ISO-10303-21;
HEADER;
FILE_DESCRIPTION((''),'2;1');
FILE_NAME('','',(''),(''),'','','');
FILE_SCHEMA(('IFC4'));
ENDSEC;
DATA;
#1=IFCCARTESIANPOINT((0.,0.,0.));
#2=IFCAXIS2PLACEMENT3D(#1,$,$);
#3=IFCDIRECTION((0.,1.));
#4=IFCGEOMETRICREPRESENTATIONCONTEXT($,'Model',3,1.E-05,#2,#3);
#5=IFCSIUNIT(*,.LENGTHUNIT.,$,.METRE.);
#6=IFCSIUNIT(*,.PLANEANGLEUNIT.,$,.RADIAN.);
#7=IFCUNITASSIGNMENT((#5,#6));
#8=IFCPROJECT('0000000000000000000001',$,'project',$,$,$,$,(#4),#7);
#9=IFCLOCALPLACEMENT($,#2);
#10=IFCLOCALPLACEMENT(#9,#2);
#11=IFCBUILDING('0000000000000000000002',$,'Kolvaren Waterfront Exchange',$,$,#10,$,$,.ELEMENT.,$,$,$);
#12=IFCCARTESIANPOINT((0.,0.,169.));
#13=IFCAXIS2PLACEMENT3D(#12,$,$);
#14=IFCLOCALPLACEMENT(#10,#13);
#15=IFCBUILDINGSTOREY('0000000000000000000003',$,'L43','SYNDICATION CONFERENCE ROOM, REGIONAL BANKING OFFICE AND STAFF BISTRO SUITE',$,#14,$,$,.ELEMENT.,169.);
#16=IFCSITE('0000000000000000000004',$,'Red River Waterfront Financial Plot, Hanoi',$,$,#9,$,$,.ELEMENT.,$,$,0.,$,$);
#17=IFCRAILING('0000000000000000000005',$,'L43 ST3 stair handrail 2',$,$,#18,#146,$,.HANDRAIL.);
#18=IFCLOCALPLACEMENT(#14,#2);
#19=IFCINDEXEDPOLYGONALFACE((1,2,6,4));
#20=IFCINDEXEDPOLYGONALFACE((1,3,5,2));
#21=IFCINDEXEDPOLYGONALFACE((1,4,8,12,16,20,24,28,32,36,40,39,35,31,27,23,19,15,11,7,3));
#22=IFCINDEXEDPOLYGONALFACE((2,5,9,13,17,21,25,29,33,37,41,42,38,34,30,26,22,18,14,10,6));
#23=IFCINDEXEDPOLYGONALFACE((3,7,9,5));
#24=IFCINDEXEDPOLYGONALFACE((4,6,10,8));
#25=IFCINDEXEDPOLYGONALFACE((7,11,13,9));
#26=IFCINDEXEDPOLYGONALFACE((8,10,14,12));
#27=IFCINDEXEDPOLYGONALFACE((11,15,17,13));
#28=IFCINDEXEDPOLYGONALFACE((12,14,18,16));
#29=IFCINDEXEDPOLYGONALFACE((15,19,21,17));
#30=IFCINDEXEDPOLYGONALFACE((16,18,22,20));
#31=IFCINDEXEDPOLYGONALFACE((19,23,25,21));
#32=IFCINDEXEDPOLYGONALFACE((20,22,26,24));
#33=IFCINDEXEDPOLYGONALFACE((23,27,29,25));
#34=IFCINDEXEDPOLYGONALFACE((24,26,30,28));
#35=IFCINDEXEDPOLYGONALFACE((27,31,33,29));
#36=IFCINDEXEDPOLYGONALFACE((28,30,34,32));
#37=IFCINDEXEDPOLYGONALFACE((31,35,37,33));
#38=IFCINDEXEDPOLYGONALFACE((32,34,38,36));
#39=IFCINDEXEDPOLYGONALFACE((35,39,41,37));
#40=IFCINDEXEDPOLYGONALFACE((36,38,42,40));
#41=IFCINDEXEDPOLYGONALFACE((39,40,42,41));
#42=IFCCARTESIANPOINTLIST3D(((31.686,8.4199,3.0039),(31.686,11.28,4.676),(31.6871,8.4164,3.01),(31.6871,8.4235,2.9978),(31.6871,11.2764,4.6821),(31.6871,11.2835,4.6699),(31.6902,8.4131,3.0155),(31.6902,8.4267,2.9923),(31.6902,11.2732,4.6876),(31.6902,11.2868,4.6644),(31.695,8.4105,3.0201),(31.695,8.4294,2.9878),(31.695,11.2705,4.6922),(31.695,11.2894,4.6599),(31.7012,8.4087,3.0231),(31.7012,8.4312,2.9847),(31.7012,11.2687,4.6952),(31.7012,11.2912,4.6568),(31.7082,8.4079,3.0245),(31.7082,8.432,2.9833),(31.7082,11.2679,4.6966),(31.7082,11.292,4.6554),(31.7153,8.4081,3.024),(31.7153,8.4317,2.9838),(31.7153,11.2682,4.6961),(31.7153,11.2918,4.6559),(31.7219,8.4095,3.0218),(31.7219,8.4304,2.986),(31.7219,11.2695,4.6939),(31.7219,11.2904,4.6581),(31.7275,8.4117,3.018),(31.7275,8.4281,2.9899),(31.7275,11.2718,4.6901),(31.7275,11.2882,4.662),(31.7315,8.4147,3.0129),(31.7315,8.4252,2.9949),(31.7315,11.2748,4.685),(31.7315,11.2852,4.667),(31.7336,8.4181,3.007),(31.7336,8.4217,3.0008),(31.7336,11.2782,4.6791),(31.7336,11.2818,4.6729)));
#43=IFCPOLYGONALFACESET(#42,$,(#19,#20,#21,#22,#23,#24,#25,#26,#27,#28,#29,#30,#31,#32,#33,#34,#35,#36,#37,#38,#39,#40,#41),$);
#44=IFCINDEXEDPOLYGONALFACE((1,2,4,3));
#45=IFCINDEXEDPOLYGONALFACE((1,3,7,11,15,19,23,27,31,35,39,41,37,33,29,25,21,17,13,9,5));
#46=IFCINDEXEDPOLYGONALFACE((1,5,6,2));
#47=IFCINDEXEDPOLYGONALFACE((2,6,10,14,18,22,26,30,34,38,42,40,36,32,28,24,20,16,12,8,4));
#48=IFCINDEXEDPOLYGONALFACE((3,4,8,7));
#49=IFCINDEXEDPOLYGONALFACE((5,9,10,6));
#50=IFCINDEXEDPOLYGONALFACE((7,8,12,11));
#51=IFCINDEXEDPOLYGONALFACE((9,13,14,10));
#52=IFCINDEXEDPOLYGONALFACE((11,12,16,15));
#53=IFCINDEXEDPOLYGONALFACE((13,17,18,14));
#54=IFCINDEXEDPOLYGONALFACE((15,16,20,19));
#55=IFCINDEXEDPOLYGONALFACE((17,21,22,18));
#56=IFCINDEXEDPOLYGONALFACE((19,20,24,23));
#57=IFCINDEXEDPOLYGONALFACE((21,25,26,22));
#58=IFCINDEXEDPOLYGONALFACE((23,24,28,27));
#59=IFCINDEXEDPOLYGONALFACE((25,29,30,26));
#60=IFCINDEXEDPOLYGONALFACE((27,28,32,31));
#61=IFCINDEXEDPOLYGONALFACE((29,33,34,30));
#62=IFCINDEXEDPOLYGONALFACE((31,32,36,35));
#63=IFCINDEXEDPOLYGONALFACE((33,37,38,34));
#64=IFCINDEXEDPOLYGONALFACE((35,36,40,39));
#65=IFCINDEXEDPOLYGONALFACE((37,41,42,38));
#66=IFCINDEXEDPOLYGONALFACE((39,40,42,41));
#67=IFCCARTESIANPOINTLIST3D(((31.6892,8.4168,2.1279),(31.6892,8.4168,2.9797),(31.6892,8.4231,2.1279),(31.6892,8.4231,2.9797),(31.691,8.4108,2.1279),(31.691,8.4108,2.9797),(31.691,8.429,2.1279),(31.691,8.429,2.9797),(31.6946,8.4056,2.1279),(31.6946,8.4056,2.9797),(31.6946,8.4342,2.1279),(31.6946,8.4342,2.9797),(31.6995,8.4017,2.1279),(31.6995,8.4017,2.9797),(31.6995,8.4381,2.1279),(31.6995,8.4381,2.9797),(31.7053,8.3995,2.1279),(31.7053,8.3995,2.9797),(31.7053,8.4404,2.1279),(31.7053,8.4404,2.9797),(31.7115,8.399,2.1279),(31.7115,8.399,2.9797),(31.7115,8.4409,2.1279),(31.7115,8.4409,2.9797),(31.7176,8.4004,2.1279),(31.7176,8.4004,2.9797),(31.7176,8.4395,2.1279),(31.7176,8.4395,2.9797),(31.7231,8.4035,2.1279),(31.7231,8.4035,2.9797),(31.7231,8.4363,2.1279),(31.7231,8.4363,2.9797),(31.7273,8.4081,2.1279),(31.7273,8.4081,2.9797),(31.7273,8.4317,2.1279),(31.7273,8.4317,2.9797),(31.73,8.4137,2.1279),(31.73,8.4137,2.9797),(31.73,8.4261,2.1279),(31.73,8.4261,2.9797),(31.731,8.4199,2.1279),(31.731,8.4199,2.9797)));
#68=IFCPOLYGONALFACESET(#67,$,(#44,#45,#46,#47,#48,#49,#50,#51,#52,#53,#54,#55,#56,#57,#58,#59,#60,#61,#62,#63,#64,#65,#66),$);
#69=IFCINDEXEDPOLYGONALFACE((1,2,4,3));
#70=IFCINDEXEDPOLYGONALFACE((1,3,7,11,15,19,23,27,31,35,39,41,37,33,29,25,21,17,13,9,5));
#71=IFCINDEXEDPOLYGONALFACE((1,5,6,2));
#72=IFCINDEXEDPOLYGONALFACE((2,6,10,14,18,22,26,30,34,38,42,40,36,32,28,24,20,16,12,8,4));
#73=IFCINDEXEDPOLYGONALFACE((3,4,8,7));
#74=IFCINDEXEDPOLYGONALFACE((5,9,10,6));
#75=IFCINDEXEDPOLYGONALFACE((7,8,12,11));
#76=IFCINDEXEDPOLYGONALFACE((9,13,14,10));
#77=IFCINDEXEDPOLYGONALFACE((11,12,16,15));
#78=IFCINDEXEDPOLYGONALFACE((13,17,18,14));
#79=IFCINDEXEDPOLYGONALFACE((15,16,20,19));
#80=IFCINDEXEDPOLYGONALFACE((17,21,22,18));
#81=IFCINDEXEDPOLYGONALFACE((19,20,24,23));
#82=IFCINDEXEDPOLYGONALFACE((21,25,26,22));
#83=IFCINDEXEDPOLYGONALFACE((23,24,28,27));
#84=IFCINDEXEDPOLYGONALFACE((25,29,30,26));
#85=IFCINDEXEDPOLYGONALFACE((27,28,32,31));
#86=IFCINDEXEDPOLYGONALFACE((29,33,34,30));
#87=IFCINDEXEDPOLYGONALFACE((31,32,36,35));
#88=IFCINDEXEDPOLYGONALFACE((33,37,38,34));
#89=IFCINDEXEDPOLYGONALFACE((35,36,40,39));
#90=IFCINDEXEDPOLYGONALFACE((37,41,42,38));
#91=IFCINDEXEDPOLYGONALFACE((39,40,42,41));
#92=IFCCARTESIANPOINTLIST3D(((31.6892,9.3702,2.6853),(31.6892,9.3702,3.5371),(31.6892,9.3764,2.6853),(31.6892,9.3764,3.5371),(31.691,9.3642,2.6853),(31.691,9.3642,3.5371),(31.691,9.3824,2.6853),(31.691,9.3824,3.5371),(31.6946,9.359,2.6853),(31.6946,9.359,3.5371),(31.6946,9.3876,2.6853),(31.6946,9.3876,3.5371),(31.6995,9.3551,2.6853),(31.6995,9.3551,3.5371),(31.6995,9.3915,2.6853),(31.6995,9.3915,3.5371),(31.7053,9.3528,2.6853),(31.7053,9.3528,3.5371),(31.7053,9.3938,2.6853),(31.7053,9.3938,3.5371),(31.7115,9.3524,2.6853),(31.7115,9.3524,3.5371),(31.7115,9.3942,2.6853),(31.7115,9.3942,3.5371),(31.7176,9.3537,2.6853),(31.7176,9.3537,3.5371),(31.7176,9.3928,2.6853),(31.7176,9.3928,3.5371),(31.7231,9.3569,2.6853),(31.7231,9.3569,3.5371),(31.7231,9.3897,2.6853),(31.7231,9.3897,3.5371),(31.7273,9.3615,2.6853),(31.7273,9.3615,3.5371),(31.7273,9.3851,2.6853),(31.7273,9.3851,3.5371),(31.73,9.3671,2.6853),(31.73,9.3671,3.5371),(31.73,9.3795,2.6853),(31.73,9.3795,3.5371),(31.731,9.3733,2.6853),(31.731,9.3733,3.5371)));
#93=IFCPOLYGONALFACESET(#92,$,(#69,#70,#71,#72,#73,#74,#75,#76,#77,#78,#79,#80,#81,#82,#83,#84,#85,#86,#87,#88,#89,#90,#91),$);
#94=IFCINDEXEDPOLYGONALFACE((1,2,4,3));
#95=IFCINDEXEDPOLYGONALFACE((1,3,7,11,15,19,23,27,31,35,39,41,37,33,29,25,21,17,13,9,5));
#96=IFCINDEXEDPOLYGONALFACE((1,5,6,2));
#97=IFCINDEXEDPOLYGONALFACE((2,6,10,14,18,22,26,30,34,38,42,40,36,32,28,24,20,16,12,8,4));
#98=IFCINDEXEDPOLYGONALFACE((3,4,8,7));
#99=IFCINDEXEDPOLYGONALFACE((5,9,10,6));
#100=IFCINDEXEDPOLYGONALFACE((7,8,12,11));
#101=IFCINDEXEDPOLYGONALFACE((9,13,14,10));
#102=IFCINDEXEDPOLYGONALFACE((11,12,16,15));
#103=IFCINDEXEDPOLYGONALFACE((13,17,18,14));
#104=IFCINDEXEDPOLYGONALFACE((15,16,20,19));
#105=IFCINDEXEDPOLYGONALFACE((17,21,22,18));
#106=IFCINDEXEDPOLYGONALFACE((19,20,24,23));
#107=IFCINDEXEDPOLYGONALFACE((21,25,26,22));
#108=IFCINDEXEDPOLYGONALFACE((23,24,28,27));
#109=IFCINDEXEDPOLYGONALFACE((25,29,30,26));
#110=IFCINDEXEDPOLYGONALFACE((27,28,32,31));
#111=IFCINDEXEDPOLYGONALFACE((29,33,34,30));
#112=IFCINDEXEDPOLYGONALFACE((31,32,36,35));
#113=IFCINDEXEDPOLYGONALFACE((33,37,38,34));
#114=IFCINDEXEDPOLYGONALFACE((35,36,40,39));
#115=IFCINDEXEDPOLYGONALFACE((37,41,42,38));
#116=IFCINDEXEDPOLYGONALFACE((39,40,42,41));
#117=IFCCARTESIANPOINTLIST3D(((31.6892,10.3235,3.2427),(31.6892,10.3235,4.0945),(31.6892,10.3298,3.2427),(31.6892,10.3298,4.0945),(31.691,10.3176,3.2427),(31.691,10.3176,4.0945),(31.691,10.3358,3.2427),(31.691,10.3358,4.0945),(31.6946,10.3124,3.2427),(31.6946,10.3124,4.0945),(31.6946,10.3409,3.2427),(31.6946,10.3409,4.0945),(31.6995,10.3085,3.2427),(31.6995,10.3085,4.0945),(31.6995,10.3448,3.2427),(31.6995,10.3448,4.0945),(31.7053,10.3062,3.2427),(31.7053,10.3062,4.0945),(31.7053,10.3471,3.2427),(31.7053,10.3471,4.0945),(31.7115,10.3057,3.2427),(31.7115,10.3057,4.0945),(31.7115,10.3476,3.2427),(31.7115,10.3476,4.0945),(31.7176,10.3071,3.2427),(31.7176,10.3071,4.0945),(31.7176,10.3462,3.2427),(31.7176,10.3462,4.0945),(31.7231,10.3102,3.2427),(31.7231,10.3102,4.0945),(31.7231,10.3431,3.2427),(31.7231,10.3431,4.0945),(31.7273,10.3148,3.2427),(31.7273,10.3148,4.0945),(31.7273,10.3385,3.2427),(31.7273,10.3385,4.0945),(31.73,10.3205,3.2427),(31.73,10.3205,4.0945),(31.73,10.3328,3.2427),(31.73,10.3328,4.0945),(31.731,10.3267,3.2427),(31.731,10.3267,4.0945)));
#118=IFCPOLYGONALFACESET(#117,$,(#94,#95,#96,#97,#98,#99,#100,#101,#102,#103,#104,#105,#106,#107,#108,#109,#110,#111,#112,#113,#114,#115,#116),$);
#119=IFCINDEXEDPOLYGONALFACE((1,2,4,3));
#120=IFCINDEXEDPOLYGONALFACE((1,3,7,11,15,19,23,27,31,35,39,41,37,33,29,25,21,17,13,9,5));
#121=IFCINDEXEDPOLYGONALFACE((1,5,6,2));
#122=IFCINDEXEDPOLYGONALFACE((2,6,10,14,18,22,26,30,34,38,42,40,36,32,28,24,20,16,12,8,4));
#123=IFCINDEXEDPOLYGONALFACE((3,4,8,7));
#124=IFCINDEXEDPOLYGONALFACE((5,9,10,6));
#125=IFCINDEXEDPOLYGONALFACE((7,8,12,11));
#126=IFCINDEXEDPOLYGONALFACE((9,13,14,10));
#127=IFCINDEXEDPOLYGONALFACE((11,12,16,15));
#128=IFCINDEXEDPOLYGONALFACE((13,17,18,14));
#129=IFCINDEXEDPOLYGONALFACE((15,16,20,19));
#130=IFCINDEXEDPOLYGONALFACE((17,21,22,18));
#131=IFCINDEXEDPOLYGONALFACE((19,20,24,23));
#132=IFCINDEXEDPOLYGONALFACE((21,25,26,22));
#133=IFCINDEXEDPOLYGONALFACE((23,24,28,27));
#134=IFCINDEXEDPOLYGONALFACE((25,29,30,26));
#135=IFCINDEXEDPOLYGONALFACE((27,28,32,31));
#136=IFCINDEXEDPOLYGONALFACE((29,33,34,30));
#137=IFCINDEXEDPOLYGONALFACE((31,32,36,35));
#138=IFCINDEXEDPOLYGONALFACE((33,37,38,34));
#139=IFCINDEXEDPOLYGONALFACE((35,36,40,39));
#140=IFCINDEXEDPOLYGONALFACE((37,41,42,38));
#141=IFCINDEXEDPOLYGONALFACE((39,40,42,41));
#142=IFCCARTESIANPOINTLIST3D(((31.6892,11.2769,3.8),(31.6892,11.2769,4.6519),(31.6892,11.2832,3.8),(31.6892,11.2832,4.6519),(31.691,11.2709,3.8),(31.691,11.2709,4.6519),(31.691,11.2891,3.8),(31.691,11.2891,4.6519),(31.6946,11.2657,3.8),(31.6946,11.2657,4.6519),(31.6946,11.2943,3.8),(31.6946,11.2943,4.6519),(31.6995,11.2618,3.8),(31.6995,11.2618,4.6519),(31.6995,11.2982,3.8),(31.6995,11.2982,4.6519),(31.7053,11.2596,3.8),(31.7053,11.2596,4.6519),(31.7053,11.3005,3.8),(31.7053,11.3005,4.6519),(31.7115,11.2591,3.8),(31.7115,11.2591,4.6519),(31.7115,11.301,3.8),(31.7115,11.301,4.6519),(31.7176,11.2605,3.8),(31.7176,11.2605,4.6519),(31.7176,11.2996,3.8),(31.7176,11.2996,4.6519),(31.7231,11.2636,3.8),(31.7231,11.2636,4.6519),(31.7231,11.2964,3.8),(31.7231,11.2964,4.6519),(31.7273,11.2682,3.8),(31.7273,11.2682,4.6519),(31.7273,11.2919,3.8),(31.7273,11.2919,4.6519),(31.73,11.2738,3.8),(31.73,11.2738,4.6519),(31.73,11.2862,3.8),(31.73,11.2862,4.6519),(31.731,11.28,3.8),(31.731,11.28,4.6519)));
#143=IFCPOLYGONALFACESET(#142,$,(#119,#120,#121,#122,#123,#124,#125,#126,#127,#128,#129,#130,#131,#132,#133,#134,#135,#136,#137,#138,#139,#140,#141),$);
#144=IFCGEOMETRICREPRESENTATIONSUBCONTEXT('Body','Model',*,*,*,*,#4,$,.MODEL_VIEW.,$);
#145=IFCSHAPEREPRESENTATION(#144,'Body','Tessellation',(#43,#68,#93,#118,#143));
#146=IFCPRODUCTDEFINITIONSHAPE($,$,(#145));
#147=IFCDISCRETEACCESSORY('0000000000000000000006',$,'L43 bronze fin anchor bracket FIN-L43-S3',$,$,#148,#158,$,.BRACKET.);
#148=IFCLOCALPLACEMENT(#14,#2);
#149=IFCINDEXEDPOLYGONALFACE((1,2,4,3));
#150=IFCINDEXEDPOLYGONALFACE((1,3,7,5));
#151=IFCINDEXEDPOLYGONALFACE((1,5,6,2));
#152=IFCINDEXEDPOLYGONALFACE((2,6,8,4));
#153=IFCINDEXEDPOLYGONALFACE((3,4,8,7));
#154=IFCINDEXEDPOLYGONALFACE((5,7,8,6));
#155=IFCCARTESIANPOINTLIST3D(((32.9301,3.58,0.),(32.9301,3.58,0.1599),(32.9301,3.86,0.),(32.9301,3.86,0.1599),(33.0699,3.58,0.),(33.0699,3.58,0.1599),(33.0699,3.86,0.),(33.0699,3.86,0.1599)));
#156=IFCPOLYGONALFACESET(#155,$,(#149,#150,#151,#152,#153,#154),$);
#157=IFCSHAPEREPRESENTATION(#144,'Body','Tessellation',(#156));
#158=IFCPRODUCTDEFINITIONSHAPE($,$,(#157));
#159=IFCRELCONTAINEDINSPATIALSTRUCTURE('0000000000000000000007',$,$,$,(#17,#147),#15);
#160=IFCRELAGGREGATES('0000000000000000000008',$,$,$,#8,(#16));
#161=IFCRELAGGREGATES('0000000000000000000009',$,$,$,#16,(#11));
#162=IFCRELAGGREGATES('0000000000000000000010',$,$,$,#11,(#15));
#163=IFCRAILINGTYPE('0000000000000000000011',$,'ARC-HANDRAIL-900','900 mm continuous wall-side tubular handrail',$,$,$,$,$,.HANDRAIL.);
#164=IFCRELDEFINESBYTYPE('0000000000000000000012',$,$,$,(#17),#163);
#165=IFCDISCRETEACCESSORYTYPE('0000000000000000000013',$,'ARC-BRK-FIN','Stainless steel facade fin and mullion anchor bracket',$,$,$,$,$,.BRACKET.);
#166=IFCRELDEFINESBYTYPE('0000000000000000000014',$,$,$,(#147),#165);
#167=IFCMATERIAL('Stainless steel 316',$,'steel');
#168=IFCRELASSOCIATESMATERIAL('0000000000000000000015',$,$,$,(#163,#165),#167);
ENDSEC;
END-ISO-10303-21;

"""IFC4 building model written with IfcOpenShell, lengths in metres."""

from ifc_helpers import new_model, si_unit, direction, frame, origin, origin_with_axes, origin_2d, place, context, subcontext, project, spatial, rectangle, circle, extrude, source, transform, mapped, material, type_object, element, save


model = new_model("IFC4")

# Units and contexts
model_context = context("Model", 3, precision=1e-05, world=origin(), true_north=direction((0.0, 1.0)))
body_context = subcontext(model_context, "Body", "Model", "MODEL_VIEW")
ifc_project = project(units=[si_unit("LENGTHUNIT", "METRE"), si_unit("PLANEANGLEUNIT", "RADIAN")], contexts=[model_context])

# Site, building, storey
site_placement = place(None, origin())
site = spatial("IfcSite", under=ifc_project, at=site_placement, Name="Red River Waterfront Financial Plot, Hanoi", CompositionType="ELEMENT", RefElevation=0.0)
building_placement = place(site_placement, origin())
building = spatial("IfcBuilding", under=site, at=building_placement, Name="Kolvaren Waterfront Exchange", CompositionType="ELEMENT")
storey_placement = place(building_placement, frame((0.0, 0.0, 169.0)))
storey = spatial("IfcBuildingStorey", under=building, at=storey_placement, Name="L43", Description="SYNDICATION CONFERENCE ROOM, REGIONAL BANKING OFFICE AND STAFF BISTRO SUITE", CompositionType="ELEMENT", Elevation=169.0)

# Railing
ifc_material_1 = material(Name="Stainless steel 316", Category="steel")
railing_type_1 = type_object("IfcRailingType", Name="ARC-HANDRAIL-900", Description="900 mm continuous wall-side tubular handrail", PredefinedType="HANDRAIL", material=ifc_material_1)
railing_1_placement = place(storey_placement, frame((31.71, 8.4199, 2.1279)))
element("IfcRailing", 1, at=railing_1_placement, inside=storey, type_object=railing_type_1, Name="L43 ST3 stair handrail 2", PredefinedType="HANDRAIL", context=body_context, shape_type="SweptSolid", body=[
    extrude(circle(Radius=0.0239, at=origin_2d()), frame((0.0, 0.0, 0.876), z_axis=(0.0, 0.863289, 0.504709), x_axis=(-1.0, 0.0, 0.0)), (0.0, 0.0, 1.0), 3.313),
    extrude(circle(Radius=0.021, at=origin_2d()), origin(), (0.0, 0.0, 1.0), 0.8518),
    extrude(circle(Radius=0.021, at=origin_2d()), frame((0.0, 0.9534, 0.5574)), (0.0, 0.0, 1.0), 0.8518),
    extrude(circle(Radius=0.021, at=origin_2d()), frame((0.0, 1.9067, 1.1147)), (0.0, 0.0, 1.0), 0.8518),
    extrude(circle(Radius=0.021, at=origin_2d()), frame((0.0, 2.8601, 1.6721)), (0.0, 0.0, 1.0), 0.8518),
])

# Discrete accessory
discrete_accessory_type = type_object("IfcDiscreteAccessoryType", Name="ARC-BRK-FIN", Description="Stainless steel facade fin and mullion anchor bracket", PredefinedType="BRACKET", material=ifc_material_1)
shared_shape_1 = source(origin_with_axes(), body_context, "Body", "SweptSolid", [
    extrude(rectangle(XDim=0.28, YDim=0.1399, at=origin_2d()), origin(), (0.0, 0.0, 1.0), 0.1599),
])
discrete_accessory_placement = place(storey_placement, frame((33.0, 3.72, 0.0), z_axis=(0.0, 0.0, 1.0), x_axis=(0.0, -1.0, 0.0)))
element("IfcDiscreteAccessory", 2, at=discrete_accessory_placement, inside=storey, type_object=discrete_accessory_type, Name="L43 bronze fin anchor bracket FIN-L43-S3", PredefinedType="BRACKET", context=body_context, shape_type="MappedRepresentation", body=[
    mapped(shared_shape_1, transform((0.0, 0.0, 0.0), x_axis=(1.0, 0.0, 0.0), y_axis=(0.0, 1.0, 0.0), z_axis=(0.0, 0.0, 1.0), scale=1.0)),
])

save(model, "model.ifc")
